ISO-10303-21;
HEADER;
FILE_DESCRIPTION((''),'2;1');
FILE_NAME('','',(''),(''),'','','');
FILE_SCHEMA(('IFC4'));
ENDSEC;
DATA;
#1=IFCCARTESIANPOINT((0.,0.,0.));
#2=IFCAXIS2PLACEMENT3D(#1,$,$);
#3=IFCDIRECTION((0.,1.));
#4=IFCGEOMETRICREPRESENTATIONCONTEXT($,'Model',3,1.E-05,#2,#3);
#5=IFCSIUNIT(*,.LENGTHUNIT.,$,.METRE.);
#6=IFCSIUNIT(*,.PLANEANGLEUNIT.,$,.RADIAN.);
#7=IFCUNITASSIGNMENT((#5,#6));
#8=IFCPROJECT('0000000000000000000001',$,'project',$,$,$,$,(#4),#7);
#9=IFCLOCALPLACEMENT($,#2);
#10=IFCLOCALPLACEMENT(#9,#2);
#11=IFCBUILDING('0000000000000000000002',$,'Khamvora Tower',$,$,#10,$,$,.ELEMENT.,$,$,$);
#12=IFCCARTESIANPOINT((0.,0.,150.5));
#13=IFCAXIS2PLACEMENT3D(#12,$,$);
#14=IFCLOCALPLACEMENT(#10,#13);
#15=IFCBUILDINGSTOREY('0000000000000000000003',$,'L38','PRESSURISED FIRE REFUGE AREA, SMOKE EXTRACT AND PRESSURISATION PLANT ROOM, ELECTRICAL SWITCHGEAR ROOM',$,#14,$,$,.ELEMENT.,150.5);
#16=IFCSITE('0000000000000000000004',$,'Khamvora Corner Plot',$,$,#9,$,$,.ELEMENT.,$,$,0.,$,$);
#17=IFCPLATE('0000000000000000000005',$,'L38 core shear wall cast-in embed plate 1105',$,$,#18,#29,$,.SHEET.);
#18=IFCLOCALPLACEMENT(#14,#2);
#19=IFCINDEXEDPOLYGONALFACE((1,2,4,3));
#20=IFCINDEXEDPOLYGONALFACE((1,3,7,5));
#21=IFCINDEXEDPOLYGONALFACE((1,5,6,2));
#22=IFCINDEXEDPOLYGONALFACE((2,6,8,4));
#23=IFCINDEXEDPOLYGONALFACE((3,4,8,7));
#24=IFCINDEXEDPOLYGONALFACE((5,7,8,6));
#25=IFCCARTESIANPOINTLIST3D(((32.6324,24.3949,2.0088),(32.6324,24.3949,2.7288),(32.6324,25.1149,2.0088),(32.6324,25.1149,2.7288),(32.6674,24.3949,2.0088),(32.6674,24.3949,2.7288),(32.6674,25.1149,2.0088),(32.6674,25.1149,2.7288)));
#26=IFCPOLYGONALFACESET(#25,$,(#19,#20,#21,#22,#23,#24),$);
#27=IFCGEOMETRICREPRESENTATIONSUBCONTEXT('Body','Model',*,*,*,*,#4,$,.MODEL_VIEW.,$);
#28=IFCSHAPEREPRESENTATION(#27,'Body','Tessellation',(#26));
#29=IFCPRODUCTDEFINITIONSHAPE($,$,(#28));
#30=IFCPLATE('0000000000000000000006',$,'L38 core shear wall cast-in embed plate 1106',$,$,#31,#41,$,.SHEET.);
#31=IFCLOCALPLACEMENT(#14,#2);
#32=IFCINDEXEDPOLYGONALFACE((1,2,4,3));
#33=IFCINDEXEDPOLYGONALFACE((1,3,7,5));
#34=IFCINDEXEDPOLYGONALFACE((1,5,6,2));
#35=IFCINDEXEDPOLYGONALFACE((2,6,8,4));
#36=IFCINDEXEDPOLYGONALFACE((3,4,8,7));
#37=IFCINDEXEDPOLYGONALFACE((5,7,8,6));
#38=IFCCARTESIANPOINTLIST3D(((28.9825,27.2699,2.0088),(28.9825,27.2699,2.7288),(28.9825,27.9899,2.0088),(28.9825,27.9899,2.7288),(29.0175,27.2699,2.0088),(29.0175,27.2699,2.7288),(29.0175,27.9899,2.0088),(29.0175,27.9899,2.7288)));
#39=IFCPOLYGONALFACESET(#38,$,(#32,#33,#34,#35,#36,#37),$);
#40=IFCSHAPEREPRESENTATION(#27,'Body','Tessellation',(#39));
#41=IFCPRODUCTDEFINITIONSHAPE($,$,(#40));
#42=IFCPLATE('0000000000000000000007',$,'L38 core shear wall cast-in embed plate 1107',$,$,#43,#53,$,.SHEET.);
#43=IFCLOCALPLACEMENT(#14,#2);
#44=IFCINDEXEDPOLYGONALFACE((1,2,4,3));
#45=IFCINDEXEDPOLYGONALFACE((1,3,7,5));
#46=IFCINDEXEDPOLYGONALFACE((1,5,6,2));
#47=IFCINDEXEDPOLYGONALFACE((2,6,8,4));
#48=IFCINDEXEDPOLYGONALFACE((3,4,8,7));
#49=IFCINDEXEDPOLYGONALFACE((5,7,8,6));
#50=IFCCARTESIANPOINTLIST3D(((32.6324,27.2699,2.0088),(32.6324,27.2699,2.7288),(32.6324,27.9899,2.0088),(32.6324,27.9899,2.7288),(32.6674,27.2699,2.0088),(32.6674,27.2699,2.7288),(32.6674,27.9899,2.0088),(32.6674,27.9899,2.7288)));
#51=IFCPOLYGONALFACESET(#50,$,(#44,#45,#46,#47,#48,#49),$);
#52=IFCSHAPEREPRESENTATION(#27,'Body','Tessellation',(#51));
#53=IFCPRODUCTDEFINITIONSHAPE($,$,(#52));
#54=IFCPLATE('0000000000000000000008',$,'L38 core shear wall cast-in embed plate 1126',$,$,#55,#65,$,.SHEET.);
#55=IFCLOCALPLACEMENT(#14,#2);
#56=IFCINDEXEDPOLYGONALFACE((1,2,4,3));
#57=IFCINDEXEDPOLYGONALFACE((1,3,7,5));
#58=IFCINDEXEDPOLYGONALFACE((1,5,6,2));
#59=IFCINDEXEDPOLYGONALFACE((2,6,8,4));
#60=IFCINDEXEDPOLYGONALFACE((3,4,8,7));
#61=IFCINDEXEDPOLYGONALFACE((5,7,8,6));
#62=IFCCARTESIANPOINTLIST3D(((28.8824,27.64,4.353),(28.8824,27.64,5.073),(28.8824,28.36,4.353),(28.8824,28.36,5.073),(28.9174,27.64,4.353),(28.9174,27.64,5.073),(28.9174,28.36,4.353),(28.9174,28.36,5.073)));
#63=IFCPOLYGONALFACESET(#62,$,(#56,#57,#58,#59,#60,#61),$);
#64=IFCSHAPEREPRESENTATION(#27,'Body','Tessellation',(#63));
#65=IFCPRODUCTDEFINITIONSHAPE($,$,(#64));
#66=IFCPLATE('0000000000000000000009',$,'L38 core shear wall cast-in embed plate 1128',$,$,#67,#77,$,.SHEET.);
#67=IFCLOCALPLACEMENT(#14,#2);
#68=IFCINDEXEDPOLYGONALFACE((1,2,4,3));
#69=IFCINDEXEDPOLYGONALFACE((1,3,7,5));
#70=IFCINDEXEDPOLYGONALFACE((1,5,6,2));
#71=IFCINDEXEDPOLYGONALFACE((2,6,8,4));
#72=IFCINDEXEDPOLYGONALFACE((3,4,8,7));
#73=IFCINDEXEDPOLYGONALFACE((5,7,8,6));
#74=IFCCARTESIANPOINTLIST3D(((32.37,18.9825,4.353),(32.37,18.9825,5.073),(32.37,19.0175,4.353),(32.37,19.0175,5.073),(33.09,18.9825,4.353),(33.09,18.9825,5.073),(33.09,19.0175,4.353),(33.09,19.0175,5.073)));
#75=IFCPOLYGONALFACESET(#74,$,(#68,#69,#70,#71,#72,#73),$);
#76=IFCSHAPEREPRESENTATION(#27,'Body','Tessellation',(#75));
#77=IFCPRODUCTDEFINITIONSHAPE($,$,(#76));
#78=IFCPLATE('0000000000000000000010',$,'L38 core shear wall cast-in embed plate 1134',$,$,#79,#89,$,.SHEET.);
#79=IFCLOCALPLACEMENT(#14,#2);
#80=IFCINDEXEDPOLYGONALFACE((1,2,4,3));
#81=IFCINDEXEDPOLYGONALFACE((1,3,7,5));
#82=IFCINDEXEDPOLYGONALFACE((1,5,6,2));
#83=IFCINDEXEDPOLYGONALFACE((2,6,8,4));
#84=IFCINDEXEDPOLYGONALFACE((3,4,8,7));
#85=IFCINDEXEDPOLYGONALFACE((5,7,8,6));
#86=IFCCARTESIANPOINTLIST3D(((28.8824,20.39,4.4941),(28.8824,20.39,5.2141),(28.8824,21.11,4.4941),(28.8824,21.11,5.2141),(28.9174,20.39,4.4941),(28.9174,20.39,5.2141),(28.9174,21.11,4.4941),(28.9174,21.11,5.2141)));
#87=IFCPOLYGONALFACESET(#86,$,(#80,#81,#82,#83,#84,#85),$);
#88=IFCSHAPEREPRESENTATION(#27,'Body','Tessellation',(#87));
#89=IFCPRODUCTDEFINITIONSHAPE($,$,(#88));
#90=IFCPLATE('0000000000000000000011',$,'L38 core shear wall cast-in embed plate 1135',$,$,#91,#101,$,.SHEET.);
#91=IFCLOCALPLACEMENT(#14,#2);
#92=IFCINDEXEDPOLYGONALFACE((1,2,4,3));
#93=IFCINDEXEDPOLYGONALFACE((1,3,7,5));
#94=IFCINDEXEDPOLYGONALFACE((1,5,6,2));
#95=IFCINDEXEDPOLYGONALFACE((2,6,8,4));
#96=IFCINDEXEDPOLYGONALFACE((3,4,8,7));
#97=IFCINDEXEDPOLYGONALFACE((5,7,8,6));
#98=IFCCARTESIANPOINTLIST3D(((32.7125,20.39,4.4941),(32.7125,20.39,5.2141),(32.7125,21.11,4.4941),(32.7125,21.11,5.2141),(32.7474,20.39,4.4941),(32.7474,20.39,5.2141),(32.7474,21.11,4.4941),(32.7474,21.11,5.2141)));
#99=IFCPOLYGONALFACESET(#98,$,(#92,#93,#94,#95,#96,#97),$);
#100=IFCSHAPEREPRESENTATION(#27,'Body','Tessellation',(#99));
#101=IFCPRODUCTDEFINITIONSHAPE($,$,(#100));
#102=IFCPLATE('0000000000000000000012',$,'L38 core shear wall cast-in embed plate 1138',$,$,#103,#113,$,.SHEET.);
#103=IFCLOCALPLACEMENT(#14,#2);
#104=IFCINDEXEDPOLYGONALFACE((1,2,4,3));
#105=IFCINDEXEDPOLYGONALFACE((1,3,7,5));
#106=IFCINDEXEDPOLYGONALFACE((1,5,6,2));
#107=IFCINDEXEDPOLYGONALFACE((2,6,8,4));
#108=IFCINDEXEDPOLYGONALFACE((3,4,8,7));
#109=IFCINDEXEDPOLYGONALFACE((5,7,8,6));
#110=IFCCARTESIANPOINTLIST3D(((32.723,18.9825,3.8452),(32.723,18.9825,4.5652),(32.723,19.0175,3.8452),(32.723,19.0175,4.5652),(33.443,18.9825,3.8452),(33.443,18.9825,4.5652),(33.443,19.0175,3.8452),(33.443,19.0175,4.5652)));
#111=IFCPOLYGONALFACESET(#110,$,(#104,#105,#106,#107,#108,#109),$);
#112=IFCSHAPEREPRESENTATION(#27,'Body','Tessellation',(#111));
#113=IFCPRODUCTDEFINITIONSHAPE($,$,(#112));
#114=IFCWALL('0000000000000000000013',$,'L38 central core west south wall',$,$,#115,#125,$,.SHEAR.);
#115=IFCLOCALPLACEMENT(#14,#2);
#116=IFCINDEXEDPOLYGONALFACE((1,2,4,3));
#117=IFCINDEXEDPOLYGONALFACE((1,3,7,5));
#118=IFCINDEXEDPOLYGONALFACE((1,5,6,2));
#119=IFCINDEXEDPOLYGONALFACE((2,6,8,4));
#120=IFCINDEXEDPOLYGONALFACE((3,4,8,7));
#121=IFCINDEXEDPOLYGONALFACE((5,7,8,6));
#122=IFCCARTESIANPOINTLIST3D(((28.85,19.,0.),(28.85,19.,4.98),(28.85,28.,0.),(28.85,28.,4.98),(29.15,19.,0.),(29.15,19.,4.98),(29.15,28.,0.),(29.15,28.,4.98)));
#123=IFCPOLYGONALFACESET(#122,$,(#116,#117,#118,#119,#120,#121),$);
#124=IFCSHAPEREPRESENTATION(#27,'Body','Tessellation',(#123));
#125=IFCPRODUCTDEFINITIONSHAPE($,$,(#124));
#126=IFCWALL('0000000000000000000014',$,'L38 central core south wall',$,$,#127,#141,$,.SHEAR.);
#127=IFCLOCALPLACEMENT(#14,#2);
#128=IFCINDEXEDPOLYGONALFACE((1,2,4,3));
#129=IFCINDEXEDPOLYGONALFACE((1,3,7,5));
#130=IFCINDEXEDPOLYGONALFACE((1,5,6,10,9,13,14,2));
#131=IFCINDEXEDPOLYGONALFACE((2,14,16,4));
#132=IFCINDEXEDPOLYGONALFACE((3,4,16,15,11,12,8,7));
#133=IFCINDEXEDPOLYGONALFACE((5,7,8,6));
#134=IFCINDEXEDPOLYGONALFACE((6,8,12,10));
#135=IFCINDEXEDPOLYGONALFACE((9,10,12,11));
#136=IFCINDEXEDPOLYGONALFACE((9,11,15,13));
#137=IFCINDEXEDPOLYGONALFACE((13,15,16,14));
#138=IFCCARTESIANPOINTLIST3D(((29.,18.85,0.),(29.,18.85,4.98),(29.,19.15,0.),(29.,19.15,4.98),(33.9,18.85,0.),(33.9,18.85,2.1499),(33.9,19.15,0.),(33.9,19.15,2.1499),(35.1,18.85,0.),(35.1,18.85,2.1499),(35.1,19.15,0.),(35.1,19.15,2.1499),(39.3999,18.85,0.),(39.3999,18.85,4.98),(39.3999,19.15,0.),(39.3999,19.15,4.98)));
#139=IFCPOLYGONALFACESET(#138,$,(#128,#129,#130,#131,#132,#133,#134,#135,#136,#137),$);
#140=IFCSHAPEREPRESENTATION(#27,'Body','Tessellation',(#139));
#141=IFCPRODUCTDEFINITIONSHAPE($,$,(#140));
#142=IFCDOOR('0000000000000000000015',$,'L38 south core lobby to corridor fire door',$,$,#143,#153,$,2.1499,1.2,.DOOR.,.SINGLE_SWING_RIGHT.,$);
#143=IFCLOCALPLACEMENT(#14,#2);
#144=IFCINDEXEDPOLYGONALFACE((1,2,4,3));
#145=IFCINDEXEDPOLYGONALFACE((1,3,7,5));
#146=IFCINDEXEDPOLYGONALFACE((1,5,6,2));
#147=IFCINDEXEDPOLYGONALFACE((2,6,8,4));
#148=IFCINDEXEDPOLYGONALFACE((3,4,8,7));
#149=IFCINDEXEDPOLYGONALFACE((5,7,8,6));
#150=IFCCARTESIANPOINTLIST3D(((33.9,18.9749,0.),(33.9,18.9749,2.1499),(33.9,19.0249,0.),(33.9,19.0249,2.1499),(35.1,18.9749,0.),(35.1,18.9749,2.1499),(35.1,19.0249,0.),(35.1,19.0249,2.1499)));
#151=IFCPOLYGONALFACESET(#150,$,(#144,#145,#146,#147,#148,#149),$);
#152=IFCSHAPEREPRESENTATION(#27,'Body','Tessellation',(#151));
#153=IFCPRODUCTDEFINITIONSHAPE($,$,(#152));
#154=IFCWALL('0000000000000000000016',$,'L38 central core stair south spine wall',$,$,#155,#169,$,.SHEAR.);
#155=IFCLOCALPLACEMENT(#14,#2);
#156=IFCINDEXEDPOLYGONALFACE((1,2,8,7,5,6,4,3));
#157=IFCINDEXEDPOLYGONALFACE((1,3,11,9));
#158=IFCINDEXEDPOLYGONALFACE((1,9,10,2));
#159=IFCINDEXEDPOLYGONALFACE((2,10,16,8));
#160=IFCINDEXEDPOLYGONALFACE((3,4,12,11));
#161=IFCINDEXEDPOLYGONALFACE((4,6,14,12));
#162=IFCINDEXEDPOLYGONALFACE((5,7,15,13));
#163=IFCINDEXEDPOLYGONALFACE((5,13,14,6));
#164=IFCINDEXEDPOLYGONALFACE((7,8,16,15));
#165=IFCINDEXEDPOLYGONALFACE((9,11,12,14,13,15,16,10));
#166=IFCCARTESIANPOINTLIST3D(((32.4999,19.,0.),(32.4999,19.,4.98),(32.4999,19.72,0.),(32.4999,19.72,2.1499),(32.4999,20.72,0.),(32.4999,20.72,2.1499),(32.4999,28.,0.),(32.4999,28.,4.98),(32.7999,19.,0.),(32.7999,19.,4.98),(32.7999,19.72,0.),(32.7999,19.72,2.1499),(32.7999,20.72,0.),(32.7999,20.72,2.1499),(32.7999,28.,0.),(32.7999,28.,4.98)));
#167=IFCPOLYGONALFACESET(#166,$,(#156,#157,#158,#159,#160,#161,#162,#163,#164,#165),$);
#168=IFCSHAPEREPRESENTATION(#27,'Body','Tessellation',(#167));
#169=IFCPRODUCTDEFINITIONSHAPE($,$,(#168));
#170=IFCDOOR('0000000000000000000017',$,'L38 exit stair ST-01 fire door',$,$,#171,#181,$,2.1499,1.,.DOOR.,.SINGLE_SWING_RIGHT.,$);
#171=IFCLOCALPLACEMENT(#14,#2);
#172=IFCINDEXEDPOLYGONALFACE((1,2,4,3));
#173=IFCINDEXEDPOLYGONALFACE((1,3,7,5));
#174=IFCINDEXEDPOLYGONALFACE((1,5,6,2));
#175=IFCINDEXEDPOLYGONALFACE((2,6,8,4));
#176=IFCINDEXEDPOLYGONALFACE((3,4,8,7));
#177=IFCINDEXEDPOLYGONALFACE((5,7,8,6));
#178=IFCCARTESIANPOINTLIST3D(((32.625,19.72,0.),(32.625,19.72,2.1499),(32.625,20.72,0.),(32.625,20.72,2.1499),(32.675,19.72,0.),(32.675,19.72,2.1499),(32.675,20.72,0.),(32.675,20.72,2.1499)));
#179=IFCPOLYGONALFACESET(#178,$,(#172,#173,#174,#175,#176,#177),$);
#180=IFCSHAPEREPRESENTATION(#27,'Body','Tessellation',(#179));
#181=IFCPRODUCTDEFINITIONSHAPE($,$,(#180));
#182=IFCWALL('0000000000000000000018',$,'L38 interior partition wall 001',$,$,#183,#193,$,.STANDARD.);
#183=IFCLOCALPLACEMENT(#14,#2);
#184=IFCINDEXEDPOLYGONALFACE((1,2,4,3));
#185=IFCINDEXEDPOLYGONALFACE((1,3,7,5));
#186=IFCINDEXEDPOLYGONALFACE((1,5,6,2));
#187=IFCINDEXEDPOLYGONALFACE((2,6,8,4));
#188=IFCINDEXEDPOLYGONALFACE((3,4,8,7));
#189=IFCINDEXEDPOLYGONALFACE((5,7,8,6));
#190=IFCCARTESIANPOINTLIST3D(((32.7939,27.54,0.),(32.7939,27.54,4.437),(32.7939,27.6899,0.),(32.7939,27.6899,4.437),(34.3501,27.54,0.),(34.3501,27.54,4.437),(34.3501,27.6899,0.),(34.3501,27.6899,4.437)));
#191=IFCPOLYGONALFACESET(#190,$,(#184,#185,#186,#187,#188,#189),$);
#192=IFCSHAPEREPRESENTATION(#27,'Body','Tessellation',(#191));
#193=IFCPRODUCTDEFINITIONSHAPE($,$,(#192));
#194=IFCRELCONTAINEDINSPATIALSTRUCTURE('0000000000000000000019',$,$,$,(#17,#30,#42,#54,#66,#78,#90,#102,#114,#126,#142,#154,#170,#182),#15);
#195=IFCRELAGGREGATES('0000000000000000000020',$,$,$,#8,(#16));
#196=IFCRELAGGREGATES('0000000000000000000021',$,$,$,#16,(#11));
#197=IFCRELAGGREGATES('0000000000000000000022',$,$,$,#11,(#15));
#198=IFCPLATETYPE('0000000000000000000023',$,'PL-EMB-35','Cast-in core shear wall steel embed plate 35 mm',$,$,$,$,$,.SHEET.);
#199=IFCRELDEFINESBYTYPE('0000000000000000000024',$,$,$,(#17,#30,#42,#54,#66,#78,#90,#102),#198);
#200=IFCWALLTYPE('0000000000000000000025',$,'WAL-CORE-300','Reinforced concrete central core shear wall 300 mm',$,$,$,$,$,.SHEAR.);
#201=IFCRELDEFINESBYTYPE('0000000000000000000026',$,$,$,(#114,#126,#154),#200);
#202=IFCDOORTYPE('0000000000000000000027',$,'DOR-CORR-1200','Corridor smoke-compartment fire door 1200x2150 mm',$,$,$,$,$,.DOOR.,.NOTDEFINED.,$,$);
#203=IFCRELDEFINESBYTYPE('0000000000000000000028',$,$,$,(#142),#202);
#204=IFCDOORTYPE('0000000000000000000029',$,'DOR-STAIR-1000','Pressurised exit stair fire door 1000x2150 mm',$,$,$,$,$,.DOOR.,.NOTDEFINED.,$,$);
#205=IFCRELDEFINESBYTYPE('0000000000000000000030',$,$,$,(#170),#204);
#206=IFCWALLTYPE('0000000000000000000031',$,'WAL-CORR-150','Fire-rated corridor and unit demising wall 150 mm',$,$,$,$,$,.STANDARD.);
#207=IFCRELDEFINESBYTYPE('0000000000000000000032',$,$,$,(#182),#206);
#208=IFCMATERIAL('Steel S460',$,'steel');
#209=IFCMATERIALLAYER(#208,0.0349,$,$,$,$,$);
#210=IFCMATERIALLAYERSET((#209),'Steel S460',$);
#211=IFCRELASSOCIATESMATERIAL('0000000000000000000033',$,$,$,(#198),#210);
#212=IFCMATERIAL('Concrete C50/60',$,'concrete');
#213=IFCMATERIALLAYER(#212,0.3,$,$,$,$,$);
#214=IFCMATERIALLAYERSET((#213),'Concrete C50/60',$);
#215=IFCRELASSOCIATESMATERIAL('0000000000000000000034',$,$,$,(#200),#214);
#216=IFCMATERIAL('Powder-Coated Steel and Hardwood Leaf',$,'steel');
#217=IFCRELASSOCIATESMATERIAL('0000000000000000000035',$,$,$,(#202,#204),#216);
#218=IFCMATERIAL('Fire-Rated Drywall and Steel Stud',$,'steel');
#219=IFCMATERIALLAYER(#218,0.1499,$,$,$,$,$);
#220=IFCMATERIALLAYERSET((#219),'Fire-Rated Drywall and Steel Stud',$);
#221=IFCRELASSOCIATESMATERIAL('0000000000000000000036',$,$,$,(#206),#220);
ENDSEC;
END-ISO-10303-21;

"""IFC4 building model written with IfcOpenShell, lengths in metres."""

from ifc_helpers import new_model, si_unit, direction, frame, frame_2d, origin, origin_2d, place, context, subcontext, project, spatial, rectangle, extrude, material, layer, layer_set, type_object, element, fill, save


model = new_model("IFC4")

# Units and contexts
model_context = context("Model", 3, precision=1e-05, world=origin(), true_north=direction((0.0, 1.0)))
body_context = subcontext(model_context, "Body", "Model", "MODEL_VIEW")
ifc_project = project(units=[si_unit("LENGTHUNIT", "METRE"), si_unit("PLANEANGLEUNIT", "RADIAN")], contexts=[model_context])

# Site, building, storey
site_placement = place(None, origin())
site = spatial("IfcSite", under=ifc_project, at=site_placement, Name="Khamvora Corner Plot", CompositionType="ELEMENT", RefElevation=0.0)
building_placement = place(site_placement, origin())
building = spatial("IfcBuilding", under=site, at=building_placement, Name="Khamvora Tower", CompositionType="ELEMENT")
storey_placement = place(building_placement, frame((0.0, 0.0, 150.5)))
storey = spatial("IfcBuildingStorey", under=building, at=storey_placement, Name="L38", Description="PRESSURISED FIRE REFUGE AREA, SMOKE EXTRACT AND PRESSURISATION PLANT ROOM, ELECTRICAL SWITCHGEAR ROOM", CompositionType="ELEMENT", Elevation=150.5)

# Shared definitions
ifc_material_1 = material(Name="Steel S460", Category="steel")

# Plates
ifc_layer_1 = layer(ifc_material_1, 0.0349)
ifc_layer_set_1 = layer_set([ifc_layer_1], Name="Steel S460")
plate_type_1 = type_object("IfcPlateType", Name="PL-EMB-35", Description="Cast-in core shear wall steel embed plate 35 mm", PredefinedType="SHEET", material=ifc_layer_set_1)
for number, where, z_axis, x_axis, name in (
    (1, (32.6499, 24.7549, 2.0088), (0.0, 0.0, 1.0), (1.0, 0.0, 0.0), "L38 core shear wall cast-in embed plate 1105"),
    (2, (29.0, 27.6299, 2.0088), (0.0, 0.0, 1.0), (1.0, 0.0, 0.0), "L38 core shear wall cast-in embed plate 1106"),
    (3, (32.6499, 27.6299, 2.0088), (0.0, 0.0, 1.0), (1.0, 0.0, 0.0), "L38 core shear wall cast-in embed plate 1107"),
    (4, (28.8999, 28.0, 4.353), (0.0, 0.0, 1.0), (1.0, 0.0, 0.0), "L38 core shear wall cast-in embed plate 1126"),
):
    element("IfcPlate", number, at=place(storey_placement, frame(where, z_axis=z_axis, x_axis=x_axis)), inside=storey, type_object=plate_type_1, Name=name, PredefinedType="SHEET", context=body_context, shape_type="SweptSolid", body=[
        extrude(rectangle(XDim=0.0349, YDim=0.72, at=origin_2d()), origin(), (0.0, 0.0, 1.0), 0.72),
    ])
plate_1_placement = place(storey_placement, frame((32.73, 19.0, 4.353), z_axis=(0.0, 0.0, 1.0), x_axis=(1.0, 0.0, 0.0)))
element("IfcPlate", 5, at=plate_1_placement, inside=storey, type_object=plate_type_1, Name="L38 core shear wall cast-in embed plate 1128", PredefinedType="SHEET", context=body_context, shape_type="SweptSolid", body=[
    extrude(rectangle(XDim=0.72, YDim=0.0349, at=origin_2d()), origin(), (0.0, 0.0, 1.0), 0.72),
])
for number, where, z_axis, x_axis, name in (
    (6, (28.8999, 20.75, 4.4941), (0.0, 0.0, 1.0), (1.0, 0.0, 0.0), "L38 core shear wall cast-in embed plate 1134"),
    (7, (32.73, 20.75, 4.4941), (0.0, 0.0, 1.0), (1.0, 0.0, 0.0), "L38 core shear wall cast-in embed plate 1135"),
):
    element("IfcPlate", number, at=place(storey_placement, frame(where, z_axis=z_axis, x_axis=x_axis)), inside=storey, type_object=plate_type_1, Name=name, PredefinedType="SHEET", context=body_context, shape_type="SweptSolid", body=[
        extrude(rectangle(XDim=0.0349, YDim=0.72, at=origin_2d()), origin(), (0.0, 0.0, 1.0), 0.72),
    ])
plate_2_placement = place(storey_placement, frame((33.083, 19.0, 3.8452), z_axis=(0.0, 0.0, 1.0), x_axis=(1.0, 0.0, 0.0)))
element("IfcPlate", 8, at=plate_2_placement, inside=storey, type_object=plate_type_1, Name="L38 core shear wall cast-in embed plate 1138", PredefinedType="SHEET", context=body_context, shape_type="SweptSolid", body=[
    extrude(rectangle(XDim=0.72, YDim=0.0349, at=origin_2d()), origin(), (0.0, 0.0, 1.0), 0.72),
])

# Wall
ifc_material_2 = material(Name="Concrete C50/60", Category="concrete")
ifc_layer_2 = layer(ifc_material_2, 0.3)
ifc_layer_set_2 = layer_set([ifc_layer_2], Name="Concrete C50/60")
wall_type_1 = type_object("IfcWallType", Name="WAL-CORE-300", Description="Reinforced concrete central core shear wall 300 mm", PredefinedType="SHEAR", material=ifc_layer_set_2)
wall_1_placement = place(storey_placement, frame((29.0, 19.0, 0.0), z_axis=(0.0, 0.0, 1.0), x_axis=(0.0, 1.0, 0.0)))
element("IfcWall", 9, at=wall_1_placement, inside=storey, type_object=wall_type_1, Name="L38 central core west south wall", PredefinedType="SHEAR", context=body_context, shape_type="SweptSolid", body=[
    extrude(rectangle(XDim=9.0, YDim=0.3, at=frame_2d((4.5, 0.0))), origin(), (0.0, 0.0, 1.0), 4.98),
])

# Walls, openings, doors
wall_2_placement = place(storey_placement, frame((29.0, 19.0, 0.0), z_axis=(0.0, 0.0, 1.0), x_axis=(1.0, 0.0, 0.0)))
wall_2 = element("IfcWall", 10, at=wall_2_placement, inside=storey, type_object=wall_type_1, Name="L38 central core south wall", PredefinedType="SHEAR", context=body_context, shape_type="SweptSolid", body=[
    extrude(rectangle(XDim=10.3999, YDim=0.3, at=frame_2d((5.2, 0.0))), origin(), (0.0, 0.0, 1.0), 4.98),
])
opening_1_placement = place(wall_2_placement, frame((4.8999, 0.0, 0.0)))
opening_1 = element("IfcOpeningElement", 11, at=opening_1_placement, cuts=wall_2, PredefinedType="OPENING", context=body_context, shape_type="SweptSolid", body=[
    extrude(rectangle(XDim=1.2, YDim=2.1499, at=frame_2d((0.6001, 1.075))), frame((0.0, 0.1599, 0.0), z_axis=(0.0, -1.0, 0.0), x_axis=(1.0, 0.0, 0.0)), (0.0, 0.0, 1.0), 0.3201),
])
ifc_material_3 = material(Name="Powder-Coated Steel and Hardwood Leaf", Category="steel")
door_type_1 = type_object("IfcDoorType", Name="DOR-CORR-1200", Description="Corridor smoke-compartment fire door 1200x2150 mm", OperationType="NOTDEFINED", PredefinedType="DOOR", material=ifc_material_3)
door_1_placement = place(opening_1_placement, origin())
door_1 = element("IfcDoor", 12, at=door_1_placement, inside=storey, type_object=door_type_1, Name="L38 south core lobby to corridor fire door", OperationType="SINGLE_SWING_RIGHT", OverallHeight=2.1499, OverallWidth=1.2, PredefinedType="DOOR", context=body_context, shape_type="SweptSolid", body=[
    extrude(rectangle(XDim=1.2, YDim=2.1499, at=frame_2d((0.6001, 1.075))), frame((0.0, 0.0249, 0.0), z_axis=(0.0, -1.0, 0.0), x_axis=(1.0, 0.0, 0.0)), (0.0, 0.0, 1.0), 0.05),
])
fill(opening_1, door_1)
wall_3_placement = place(storey_placement, frame((32.6499, 19.0, 0.0), z_axis=(0.0, 0.0, 1.0), x_axis=(0.0, 1.0, 0.0)))
wall_3 = element("IfcWall", 13, at=wall_3_placement, inside=storey, type_object=wall_type_1, Name="L38 central core stair south spine wall", PredefinedType="SHEAR", context=body_context, shape_type="SweptSolid", body=[
    extrude(rectangle(XDim=9.0, YDim=0.3, at=frame_2d((4.5, 0.0))), origin(), (0.0, 0.0, 1.0), 4.98),
])
opening_2_placement = place(wall_3_placement, frame((0.72, 0.0, 0.0)))
opening_2 = element("IfcOpeningElement", 14, at=opening_2_placement, cuts=wall_3, PredefinedType="OPENING", context=body_context, shape_type="SweptSolid", body=[
    extrude(rectangle(XDim=1.0, YDim=2.1499, at=frame_2d((0.5, 1.075))), frame((0.0, 0.1599, 0.0), z_axis=(0.0, -1.0, 0.0), x_axis=(1.0, 0.0, 0.0)), (0.0, 0.0, 1.0), 0.3201),
])
door_type_2 = type_object("IfcDoorType", Name="DOR-STAIR-1000", Description="Pressurised exit stair fire door 1000x2150 mm", OperationType="NOTDEFINED", PredefinedType="DOOR", material=ifc_material_3)
door_2_placement = place(opening_2_placement, origin())
door_2 = element("IfcDoor", 15, at=door_2_placement, inside=storey, type_object=door_type_2, Name="L38 exit stair ST-01 fire door", OperationType="SINGLE_SWING_RIGHT", OverallHeight=2.1499, OverallWidth=1.0, PredefinedType="DOOR", context=body_context, shape_type="SweptSolid", body=[
    extrude(rectangle(XDim=1.0, YDim=2.1499, at=frame_2d((0.5, 1.075))), frame((0.0, 0.0249, 0.0), z_axis=(0.0, -1.0, 0.0), x_axis=(1.0, 0.0, 0.0)), (0.0, 0.0, 1.0), 0.05),
])
fill(opening_2, door_2)

# Wall
ifc_material_4 = material(Name="Fire-Rated Drywall and Steel Stud", Category="steel")
ifc_layer_3 = layer(ifc_material_4, 0.1499)
ifc_layer_set_3 = layer_set([ifc_layer_3], Name="Fire-Rated Drywall and Steel Stud")
wall_type_2 = type_object("IfcWallType", Name="WAL-CORR-150", Description="Fire-rated corridor and unit demising wall 150 mm", PredefinedType="STANDARD", material=ifc_layer_set_3)
wall_4_placement = place(storey_placement, frame((32.7939, 27.615, 0.0), z_axis=(0.0, 0.0, 1.0), x_axis=(1.0, 0.0, 0.0)))
element("IfcWall", 16, at=wall_4_placement, inside=storey, type_object=wall_type_2, Name="L38 interior partition wall 001", PredefinedType="STANDARD", context=body_context, shape_type="SweptSolid", body=[
    extrude(rectangle(XDim=1.5562, YDim=0.1499, at=frame_2d((0.7781, 0.0))), origin(), (0.0, 0.0, 1.0), 4.437),
])

save(model, "model.ifc")
